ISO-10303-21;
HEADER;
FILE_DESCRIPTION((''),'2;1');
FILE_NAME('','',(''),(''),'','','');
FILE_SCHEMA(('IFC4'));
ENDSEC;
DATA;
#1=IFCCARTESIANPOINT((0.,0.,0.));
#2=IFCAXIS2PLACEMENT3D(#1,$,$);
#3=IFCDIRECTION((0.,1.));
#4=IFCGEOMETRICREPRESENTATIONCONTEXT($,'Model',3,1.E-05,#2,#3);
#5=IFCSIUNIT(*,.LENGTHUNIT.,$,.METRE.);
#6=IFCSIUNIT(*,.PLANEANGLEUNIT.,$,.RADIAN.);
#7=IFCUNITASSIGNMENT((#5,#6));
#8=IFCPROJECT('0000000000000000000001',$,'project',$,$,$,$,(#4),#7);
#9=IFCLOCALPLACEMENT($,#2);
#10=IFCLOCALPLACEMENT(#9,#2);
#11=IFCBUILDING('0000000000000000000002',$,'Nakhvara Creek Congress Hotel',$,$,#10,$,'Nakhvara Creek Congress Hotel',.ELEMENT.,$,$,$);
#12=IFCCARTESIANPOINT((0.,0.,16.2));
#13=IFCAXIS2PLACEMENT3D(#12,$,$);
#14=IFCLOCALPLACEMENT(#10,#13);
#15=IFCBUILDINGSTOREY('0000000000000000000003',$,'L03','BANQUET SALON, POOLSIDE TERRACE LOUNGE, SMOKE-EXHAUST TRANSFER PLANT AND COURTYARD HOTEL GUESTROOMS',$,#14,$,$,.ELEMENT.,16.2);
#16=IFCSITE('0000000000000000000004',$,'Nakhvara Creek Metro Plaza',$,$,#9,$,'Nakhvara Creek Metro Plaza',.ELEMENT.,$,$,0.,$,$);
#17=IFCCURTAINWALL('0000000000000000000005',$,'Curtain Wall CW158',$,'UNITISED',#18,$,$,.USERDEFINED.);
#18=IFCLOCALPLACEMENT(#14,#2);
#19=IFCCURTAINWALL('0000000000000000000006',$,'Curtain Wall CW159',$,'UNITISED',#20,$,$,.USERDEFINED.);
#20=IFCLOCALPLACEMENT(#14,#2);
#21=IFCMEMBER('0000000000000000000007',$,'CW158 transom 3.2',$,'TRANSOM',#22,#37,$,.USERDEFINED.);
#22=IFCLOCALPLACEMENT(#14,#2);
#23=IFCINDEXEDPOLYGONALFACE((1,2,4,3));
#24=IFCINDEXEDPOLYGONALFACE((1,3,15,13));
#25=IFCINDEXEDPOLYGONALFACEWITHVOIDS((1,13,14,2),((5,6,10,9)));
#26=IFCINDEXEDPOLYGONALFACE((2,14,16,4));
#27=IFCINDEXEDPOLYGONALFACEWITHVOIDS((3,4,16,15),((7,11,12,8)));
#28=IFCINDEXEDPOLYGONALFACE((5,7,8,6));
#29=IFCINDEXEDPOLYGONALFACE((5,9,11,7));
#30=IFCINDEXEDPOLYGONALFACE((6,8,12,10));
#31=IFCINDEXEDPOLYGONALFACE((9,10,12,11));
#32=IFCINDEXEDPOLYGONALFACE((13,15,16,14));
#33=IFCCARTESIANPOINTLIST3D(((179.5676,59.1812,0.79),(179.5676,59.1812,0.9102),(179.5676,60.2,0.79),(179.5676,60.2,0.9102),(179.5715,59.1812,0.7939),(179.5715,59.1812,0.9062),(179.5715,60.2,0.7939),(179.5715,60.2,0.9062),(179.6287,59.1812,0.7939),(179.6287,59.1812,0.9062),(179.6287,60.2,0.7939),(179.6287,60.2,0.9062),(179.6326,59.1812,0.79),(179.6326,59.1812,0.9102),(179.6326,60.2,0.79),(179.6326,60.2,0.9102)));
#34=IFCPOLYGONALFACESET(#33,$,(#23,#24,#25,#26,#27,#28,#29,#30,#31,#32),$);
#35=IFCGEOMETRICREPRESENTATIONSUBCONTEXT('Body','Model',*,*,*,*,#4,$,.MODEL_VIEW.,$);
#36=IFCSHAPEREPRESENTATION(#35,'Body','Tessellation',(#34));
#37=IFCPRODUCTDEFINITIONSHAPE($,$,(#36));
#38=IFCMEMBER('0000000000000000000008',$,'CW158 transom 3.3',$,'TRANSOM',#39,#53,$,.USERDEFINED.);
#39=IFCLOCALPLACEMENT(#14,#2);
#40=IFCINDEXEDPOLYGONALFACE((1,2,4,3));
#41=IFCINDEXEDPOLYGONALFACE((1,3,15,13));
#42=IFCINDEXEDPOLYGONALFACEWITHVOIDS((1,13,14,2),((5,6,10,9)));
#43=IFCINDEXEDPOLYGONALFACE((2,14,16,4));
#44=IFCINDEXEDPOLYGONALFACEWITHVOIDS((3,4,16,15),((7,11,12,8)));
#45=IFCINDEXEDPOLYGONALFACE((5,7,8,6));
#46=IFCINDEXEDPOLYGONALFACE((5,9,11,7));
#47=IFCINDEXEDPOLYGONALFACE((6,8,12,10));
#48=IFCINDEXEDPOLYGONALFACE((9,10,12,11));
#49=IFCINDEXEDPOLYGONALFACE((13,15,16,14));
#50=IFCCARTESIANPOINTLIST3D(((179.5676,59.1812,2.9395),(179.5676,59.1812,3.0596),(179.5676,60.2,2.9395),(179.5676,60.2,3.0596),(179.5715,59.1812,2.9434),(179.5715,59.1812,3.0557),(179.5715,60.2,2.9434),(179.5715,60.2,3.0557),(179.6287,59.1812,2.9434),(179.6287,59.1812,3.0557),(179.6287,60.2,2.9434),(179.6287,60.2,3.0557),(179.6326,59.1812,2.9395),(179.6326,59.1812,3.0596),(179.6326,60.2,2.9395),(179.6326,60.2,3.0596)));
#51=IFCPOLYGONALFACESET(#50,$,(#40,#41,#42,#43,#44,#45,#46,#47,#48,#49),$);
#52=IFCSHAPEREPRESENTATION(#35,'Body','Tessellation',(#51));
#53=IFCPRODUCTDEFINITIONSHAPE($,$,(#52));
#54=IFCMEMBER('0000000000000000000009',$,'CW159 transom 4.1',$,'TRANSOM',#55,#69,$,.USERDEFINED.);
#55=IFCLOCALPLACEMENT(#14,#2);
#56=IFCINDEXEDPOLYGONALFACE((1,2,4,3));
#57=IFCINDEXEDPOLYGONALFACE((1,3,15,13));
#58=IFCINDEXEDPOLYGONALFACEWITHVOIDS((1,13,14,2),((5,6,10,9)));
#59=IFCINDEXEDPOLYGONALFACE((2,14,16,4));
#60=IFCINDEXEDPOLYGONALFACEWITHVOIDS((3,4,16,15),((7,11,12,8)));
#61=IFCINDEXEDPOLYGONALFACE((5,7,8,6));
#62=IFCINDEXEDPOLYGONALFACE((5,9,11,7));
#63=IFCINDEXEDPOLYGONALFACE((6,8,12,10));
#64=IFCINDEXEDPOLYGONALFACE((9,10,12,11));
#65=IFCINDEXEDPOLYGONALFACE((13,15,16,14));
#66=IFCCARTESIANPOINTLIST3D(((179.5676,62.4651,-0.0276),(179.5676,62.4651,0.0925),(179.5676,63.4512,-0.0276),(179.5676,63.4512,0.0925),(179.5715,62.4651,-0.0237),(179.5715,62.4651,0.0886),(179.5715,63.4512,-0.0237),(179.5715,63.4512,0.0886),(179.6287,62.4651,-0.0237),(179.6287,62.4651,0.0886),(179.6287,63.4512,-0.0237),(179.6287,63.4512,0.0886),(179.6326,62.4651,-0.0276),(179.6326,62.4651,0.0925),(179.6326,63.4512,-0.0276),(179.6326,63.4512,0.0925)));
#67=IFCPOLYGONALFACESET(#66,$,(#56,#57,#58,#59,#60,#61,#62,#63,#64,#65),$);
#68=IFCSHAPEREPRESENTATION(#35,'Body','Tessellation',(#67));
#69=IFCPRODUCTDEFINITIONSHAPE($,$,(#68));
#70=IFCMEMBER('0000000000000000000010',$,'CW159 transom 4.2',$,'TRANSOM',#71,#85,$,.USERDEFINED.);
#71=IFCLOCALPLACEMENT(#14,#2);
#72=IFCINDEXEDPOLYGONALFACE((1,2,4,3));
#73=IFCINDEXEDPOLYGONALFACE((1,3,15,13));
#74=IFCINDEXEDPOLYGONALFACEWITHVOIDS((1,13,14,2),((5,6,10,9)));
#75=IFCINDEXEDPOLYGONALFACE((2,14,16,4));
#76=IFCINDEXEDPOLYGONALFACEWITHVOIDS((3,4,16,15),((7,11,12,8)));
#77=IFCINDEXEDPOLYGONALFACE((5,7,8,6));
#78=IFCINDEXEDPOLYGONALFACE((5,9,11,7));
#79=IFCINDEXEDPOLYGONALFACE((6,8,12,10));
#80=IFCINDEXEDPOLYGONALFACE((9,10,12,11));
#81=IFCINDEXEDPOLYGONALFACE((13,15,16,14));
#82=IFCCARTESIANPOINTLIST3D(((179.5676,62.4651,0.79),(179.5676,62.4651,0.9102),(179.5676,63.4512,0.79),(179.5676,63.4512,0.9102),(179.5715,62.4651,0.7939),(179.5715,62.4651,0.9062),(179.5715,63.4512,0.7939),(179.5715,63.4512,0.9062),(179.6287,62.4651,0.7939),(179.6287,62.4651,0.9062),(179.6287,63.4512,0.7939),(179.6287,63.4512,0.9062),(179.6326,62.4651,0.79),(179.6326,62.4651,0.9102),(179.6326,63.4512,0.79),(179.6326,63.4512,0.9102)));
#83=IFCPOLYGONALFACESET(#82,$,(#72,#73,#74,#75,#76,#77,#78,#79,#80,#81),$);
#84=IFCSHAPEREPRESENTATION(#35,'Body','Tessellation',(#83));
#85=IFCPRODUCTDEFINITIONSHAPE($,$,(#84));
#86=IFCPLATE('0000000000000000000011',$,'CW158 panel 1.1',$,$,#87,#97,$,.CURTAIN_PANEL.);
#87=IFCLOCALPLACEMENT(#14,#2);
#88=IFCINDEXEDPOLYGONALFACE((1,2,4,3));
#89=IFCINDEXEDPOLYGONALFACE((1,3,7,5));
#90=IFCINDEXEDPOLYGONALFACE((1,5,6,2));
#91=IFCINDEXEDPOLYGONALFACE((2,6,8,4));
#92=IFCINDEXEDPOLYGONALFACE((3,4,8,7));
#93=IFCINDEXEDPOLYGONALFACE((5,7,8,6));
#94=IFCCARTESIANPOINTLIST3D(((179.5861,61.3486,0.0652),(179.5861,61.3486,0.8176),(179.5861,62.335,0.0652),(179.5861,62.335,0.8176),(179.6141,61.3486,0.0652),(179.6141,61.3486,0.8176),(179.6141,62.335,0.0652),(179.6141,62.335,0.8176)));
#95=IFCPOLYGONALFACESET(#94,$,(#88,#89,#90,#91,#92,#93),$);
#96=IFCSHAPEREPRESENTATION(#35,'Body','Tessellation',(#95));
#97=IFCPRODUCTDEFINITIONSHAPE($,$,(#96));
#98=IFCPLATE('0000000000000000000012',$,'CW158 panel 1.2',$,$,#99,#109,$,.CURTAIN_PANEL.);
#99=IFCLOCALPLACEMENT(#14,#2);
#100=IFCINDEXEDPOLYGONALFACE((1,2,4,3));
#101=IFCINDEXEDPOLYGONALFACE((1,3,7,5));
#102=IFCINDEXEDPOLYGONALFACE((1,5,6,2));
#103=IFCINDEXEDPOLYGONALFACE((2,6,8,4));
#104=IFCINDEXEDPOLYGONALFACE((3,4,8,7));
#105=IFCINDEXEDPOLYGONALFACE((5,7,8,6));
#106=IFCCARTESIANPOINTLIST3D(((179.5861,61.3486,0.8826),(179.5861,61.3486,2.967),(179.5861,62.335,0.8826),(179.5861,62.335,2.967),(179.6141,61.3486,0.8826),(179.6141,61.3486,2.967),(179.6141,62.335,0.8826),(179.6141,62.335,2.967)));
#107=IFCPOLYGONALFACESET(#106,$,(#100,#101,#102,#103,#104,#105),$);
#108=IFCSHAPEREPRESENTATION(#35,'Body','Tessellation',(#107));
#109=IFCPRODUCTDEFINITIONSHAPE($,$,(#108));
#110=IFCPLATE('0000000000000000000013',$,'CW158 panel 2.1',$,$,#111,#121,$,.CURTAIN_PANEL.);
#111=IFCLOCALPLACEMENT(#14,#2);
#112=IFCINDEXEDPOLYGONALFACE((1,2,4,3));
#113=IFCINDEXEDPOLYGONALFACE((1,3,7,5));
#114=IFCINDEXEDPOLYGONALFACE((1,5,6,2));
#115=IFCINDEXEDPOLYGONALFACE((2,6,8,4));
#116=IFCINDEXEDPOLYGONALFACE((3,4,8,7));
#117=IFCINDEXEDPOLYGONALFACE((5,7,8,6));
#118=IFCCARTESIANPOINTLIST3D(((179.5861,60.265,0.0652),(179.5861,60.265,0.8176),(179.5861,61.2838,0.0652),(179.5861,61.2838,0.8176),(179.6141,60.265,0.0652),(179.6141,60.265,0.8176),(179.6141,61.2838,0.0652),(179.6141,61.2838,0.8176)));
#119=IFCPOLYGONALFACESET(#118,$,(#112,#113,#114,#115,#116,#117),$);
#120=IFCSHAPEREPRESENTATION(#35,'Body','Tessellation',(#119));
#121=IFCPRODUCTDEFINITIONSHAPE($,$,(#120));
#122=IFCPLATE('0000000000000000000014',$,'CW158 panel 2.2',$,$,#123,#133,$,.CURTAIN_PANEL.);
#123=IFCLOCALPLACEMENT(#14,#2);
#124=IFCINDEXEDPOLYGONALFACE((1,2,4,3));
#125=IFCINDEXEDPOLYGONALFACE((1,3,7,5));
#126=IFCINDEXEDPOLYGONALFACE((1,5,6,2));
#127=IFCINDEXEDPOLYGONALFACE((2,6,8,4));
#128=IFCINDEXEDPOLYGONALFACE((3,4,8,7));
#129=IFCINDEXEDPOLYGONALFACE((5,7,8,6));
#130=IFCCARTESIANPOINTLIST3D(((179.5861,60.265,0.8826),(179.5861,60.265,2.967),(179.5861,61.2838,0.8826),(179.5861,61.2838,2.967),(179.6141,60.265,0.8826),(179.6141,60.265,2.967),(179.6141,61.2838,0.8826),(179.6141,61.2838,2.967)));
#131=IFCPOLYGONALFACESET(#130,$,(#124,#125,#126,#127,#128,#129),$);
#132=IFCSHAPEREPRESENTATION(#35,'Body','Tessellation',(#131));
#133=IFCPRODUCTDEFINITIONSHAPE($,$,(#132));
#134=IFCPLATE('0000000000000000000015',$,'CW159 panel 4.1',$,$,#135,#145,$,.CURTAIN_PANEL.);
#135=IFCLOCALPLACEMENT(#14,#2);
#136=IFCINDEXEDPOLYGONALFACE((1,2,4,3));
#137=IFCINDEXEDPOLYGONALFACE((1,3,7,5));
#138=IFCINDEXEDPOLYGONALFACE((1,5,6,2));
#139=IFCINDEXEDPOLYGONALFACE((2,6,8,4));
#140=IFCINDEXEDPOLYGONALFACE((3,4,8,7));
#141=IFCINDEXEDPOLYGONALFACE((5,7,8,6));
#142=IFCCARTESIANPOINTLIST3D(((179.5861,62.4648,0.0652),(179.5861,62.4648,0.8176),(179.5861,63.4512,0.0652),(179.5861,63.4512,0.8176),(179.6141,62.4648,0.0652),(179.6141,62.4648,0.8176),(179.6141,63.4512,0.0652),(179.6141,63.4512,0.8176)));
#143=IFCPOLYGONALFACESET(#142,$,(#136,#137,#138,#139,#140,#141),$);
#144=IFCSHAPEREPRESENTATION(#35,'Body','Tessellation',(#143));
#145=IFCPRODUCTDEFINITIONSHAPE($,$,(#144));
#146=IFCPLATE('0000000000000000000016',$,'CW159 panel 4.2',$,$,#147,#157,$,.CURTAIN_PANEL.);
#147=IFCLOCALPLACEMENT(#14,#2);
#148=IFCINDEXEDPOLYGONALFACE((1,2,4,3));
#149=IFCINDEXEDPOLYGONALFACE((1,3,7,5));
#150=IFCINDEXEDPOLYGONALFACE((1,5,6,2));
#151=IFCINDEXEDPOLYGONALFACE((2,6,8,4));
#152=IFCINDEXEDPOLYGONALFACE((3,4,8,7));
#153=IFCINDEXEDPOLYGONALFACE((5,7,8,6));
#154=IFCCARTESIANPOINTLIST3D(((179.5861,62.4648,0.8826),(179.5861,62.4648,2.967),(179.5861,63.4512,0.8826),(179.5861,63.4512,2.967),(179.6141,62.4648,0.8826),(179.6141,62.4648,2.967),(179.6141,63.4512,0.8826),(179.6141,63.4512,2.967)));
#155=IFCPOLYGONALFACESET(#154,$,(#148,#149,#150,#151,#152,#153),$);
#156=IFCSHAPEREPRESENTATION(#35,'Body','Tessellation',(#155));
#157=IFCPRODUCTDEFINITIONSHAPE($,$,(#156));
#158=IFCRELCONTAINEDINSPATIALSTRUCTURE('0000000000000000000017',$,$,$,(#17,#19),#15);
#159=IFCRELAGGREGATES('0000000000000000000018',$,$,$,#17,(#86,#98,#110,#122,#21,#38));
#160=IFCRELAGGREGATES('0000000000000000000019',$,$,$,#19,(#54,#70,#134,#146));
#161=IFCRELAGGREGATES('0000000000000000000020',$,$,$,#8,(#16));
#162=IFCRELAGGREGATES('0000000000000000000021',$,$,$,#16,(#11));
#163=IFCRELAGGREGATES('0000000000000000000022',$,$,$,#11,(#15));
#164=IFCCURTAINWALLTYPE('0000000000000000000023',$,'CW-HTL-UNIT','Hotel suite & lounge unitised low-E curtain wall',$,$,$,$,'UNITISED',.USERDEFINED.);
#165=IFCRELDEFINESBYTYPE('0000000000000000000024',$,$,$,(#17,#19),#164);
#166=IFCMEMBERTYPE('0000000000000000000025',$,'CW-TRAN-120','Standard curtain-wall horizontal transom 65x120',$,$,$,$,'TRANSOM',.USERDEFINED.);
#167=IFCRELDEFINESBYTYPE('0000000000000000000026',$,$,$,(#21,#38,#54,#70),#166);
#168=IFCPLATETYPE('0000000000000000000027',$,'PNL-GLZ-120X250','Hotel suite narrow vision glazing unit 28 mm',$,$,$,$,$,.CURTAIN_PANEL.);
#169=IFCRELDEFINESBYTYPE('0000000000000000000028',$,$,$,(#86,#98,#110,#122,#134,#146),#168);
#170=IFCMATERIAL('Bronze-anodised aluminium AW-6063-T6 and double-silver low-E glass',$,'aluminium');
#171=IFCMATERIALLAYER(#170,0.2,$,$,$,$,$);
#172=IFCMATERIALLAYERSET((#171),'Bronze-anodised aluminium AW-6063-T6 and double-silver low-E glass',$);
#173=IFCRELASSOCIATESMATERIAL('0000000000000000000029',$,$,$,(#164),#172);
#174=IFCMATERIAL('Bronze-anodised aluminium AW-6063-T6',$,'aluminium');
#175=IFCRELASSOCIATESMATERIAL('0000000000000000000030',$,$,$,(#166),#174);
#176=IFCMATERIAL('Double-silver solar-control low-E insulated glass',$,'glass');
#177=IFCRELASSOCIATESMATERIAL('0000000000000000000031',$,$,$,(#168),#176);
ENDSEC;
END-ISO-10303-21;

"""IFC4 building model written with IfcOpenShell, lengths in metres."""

from ifc_helpers import new_model, si_unit, direction, frame, origin, origin_2d, place, context, subcontext, project, spatial, rectangle, hollow_rectangle, extrude, material, layer, layer_set, material_profile, profile_set, type_object, element, aggregate, save


model = new_model("IFC4")

# Units and contexts
model_context = context("Model", 3, precision=1e-05, world=origin(), true_north=direction((0.0, 1.0)))
body_context = subcontext(model_context, "Body", "Model", "MODEL_VIEW")
ifc_project = project(units=[si_unit("LENGTHUNIT", "METRE"), si_unit("PLANEANGLEUNIT", "RADIAN")], contexts=[model_context])

# Site, building, storey
site_placement = place(None, origin())
site = spatial("IfcSite", under=ifc_project, at=site_placement, Name="Nakhvara Creek Metro Plaza", LongName="Nakhvara Creek Metro Plaza", CompositionType="ELEMENT", RefElevation=0.0)
building_placement = place(site_placement, origin())
building = spatial("IfcBuilding", under=site, at=building_placement, Name="Nakhvara Creek Congress Hotel", LongName="Nakhvara Creek Congress Hotel", CompositionType="ELEMENT")
storey_placement = place(building_placement, frame((0.0, 0.0, 16.2)))
storey = spatial("IfcBuildingStorey", under=building, at=storey_placement, Name="L03", Description="BANQUET SALON, POOLSIDE TERRACE LOUNGE, SMOKE-EXHAUST TRANSFER PLANT AND COURTYARD HOTEL GUESTROOMS", CompositionType="ELEMENT", Elevation=16.2)

# Curtain wall
ifc_material_1 = material(Name="Bronze-anodised aluminium AW-6063-T6 and double-silver low-E glass", Category="aluminium")
ifc_layer = layer(ifc_material_1, 0.2)
ifc_layer_set = layer_set([ifc_layer], Name="Bronze-anodised aluminium AW-6063-T6 and double-silver low-E glass")
curtain_wall_type = type_object("IfcCurtainWallType", Name="CW-HTL-UNIT", Description="Hotel suite & lounge unitised low-E curtain wall", ElementType="UNITISED", PredefinedType="USERDEFINED", material=ifc_layer_set)
curtain_wall_1_placement = place(storey_placement, origin())
curtain_wall_1 = element("IfcCurtainWall", 1, at=curtain_wall_1_placement, inside=storey, type_object=curtain_wall_type, Name="Curtain Wall CW158", ObjectType="UNITISED", PredefinedType="USERDEFINED")
ifc_material_2 = material(Name="Bronze-anodised aluminium AW-6063-T6", Category="aluminium")

# Curtain wall
curtain_wall_2_placement = place(storey_placement, origin())
curtain_wall_2 = element("IfcCurtainWall", 2, at=curtain_wall_2_placement, inside=storey, type_object=curtain_wall_type, Name="Curtain Wall CW159", ObjectType="UNITISED", PredefinedType="USERDEFINED")

# Members
ifc_material_profile_1 = material_profile(ifc_material_2, hollow_rectangle(XDim=0.0649, YDim=0.1201, WallThickness=0.0039, at=origin_2d()), Name="ALU-TRAN 65x120x4", Category="LoadBearing")
ifc_profile_set_1 = profile_set([ifc_material_profile_1], Name="Bronze-anodised aluminium AW-6063-T6")
member_type_1 = type_object("IfcMemberType", Name="CW-TRAN-120", Description="Standard curtain-wall horizontal transom 65x120", ElementType="TRANSOM", PredefinedType="USERDEFINED", material=ifc_profile_set_1)
member_1_placement = place(storey_placement, frame((179.6001, 60.2, 0.8501), z_axis=(0.0, -1.0, 0.0), x_axis=(1.0, 0.0, 0.0)))
member_1 = element("IfcMember", 3, at=member_1_placement, type_object=member_type_1, Name="CW158 transom 3.2", ObjectType="TRANSOM", PredefinedType="USERDEFINED", context=body_context, shape_type="SweptSolid", body=[
    extrude(hollow_rectangle(XDim=0.0649, YDim=0.1201, WallThickness=0.0039, at=origin_2d()), origin(), (0.0, 0.0, 1.0), 1.0188),
])
member_2_placement = place(storey_placement, frame((179.6001, 60.2, 2.9995), z_axis=(0.0, -1.0, 0.0), x_axis=(1.0, 0.0, 0.0)))
member_2 = element("IfcMember", 4, at=member_2_placement, type_object=member_type_1, Name="CW158 transom 3.3", ObjectType="TRANSOM", PredefinedType="USERDEFINED", context=body_context, shape_type="SweptSolid", body=[
    extrude(hollow_rectangle(XDim=0.0649, YDim=0.1201, WallThickness=0.0039, at=origin_2d()), origin(), (0.0, 0.0, 1.0), 1.0188),
])
member_3_placement = place(storey_placement, frame((179.6001, 63.4512, 0.0325), z_axis=(0.0, -1.0, 0.0), x_axis=(1.0, 0.0, 0.0)))
member_3 = element("IfcMember", 5, at=member_3_placement, type_object=member_type_1, Name="CW159 transom 4.1", ObjectType="TRANSOM", PredefinedType="USERDEFINED", context=body_context, shape_type="SweptSolid", body=[
    extrude(hollow_rectangle(XDim=0.0649, YDim=0.1201, WallThickness=0.0039, at=origin_2d()), origin(), (0.0, 0.0, 1.0), 0.9861),
])
member_4_placement = place(storey_placement, frame((179.6001, 63.4512, 0.8501), z_axis=(0.0, -1.0, 0.0), x_axis=(1.0, 0.0, 0.0)))
member_4 = element("IfcMember", 6, at=member_4_placement, type_object=member_type_1, Name="CW159 transom 4.2", ObjectType="TRANSOM", PredefinedType="USERDEFINED", context=body_context, shape_type="SweptSolid", body=[
    extrude(hollow_rectangle(XDim=0.0649, YDim=0.1201, WallThickness=0.0039, at=origin_2d()), origin(), (0.0, 0.0, 1.0), 0.9861),
])

# Plates
ifc_material_3 = material(Name="Double-silver solar-control low-E insulated glass", Category="glass")
plate_type = type_object("IfcPlateType", Name="PNL-GLZ-120X250", Description="Hotel suite narrow vision glazing unit 28 mm", PredefinedType="CURTAIN_PANEL", material=ifc_material_3)
plate_1_placement = place(storey_placement, frame((179.6001, 61.8418, 0.0652), z_axis=(0.0, 0.0, 1.0), x_axis=(0.0, -1.0, 0.0)))
plate_1 = element("IfcPlate", 7, at=plate_1_placement, type_object=plate_type, Name="CW158 panel 1.1", PredefinedType="CURTAIN_PANEL", context=body_context, shape_type="SweptSolid", body=[
    extrude(rectangle(XDim=0.9863, YDim=0.0281, at=origin_2d()), origin(), (0.0, 0.0, 1.0), 0.7524),
])
plate_2_placement = place(storey_placement, frame((179.6001, 61.8418, 0.8826), z_axis=(0.0, 0.0, 1.0), x_axis=(0.0, -1.0, 0.0)))
plate_2 = element("IfcPlate", 8, at=plate_2_placement, type_object=plate_type, Name="CW158 panel 1.2", PredefinedType="CURTAIN_PANEL", context=body_context, shape_type="SweptSolid", body=[
    extrude(rectangle(XDim=0.9863, YDim=0.0281, at=origin_2d()), origin(), (0.0, 0.0, 1.0), 2.0845),
])
plate_3_placement = place(storey_placement, frame((179.6001, 60.7744, 0.0652), z_axis=(0.0, 0.0, 1.0), x_axis=(0.0, -1.0, 0.0)))
plate_3 = element("IfcPlate", 9, at=plate_3_placement, type_object=plate_type, Name="CW158 panel 2.1", PredefinedType="CURTAIN_PANEL", context=body_context, shape_type="SweptSolid", body=[
    extrude(rectangle(XDim=1.0188, YDim=0.0281, at=origin_2d()), origin(), (0.0, 0.0, 1.0), 0.7524),
])
plate_4_placement = place(storey_placement, frame((179.6001, 60.7744, 0.8826), z_axis=(0.0, 0.0, 1.0), x_axis=(0.0, -1.0, 0.0)))
plate_4 = element("IfcPlate", 10, at=plate_4_placement, type_object=plate_type, Name="CW158 panel 2.2", PredefinedType="CURTAIN_PANEL", context=body_context, shape_type="SweptSolid", body=[
    extrude(rectangle(XDim=1.0188, YDim=0.0281, at=origin_2d()), origin(), (0.0, 0.0, 1.0), 2.0845),
])
aggregate(curtain_wall_1, [plate_1, plate_2, plate_3, plate_4, member_1, member_2])
plate_5_placement = place(storey_placement, frame((179.6001, 62.958, 0.0652), z_axis=(0.0, 0.0, 1.0), x_axis=(0.0, -1.0, 0.0)))
plate_5 = element("IfcPlate", 11, at=plate_5_placement, type_object=plate_type, Name="CW159 panel 4.1", PredefinedType="CURTAIN_PANEL", context=body_context, shape_type="SweptSolid", body=[
    extrude(rectangle(XDim=0.9863, YDim=0.0281, at=origin_2d()), origin(), (0.0, 0.0, 1.0), 0.7524),
])
plate_6_placement = place(storey_placement, frame((179.6001, 62.958, 0.8826), z_axis=(0.0, 0.0, 1.0), x_axis=(0.0, -1.0, 0.0)))
plate_6 = element("IfcPlate", 12, at=plate_6_placement, type_object=plate_type, Name="CW159 panel 4.2", PredefinedType="CURTAIN_PANEL", context=body_context, shape_type="SweptSolid", body=[
    extrude(rectangle(XDim=0.9863, YDim=0.0281, at=origin_2d()), origin(), (0.0, 0.0, 1.0), 2.0845),
])
aggregate(curtain_wall_2, [member_3, member_4, plate_5, plate_6])

save(model, "model.ifc")
